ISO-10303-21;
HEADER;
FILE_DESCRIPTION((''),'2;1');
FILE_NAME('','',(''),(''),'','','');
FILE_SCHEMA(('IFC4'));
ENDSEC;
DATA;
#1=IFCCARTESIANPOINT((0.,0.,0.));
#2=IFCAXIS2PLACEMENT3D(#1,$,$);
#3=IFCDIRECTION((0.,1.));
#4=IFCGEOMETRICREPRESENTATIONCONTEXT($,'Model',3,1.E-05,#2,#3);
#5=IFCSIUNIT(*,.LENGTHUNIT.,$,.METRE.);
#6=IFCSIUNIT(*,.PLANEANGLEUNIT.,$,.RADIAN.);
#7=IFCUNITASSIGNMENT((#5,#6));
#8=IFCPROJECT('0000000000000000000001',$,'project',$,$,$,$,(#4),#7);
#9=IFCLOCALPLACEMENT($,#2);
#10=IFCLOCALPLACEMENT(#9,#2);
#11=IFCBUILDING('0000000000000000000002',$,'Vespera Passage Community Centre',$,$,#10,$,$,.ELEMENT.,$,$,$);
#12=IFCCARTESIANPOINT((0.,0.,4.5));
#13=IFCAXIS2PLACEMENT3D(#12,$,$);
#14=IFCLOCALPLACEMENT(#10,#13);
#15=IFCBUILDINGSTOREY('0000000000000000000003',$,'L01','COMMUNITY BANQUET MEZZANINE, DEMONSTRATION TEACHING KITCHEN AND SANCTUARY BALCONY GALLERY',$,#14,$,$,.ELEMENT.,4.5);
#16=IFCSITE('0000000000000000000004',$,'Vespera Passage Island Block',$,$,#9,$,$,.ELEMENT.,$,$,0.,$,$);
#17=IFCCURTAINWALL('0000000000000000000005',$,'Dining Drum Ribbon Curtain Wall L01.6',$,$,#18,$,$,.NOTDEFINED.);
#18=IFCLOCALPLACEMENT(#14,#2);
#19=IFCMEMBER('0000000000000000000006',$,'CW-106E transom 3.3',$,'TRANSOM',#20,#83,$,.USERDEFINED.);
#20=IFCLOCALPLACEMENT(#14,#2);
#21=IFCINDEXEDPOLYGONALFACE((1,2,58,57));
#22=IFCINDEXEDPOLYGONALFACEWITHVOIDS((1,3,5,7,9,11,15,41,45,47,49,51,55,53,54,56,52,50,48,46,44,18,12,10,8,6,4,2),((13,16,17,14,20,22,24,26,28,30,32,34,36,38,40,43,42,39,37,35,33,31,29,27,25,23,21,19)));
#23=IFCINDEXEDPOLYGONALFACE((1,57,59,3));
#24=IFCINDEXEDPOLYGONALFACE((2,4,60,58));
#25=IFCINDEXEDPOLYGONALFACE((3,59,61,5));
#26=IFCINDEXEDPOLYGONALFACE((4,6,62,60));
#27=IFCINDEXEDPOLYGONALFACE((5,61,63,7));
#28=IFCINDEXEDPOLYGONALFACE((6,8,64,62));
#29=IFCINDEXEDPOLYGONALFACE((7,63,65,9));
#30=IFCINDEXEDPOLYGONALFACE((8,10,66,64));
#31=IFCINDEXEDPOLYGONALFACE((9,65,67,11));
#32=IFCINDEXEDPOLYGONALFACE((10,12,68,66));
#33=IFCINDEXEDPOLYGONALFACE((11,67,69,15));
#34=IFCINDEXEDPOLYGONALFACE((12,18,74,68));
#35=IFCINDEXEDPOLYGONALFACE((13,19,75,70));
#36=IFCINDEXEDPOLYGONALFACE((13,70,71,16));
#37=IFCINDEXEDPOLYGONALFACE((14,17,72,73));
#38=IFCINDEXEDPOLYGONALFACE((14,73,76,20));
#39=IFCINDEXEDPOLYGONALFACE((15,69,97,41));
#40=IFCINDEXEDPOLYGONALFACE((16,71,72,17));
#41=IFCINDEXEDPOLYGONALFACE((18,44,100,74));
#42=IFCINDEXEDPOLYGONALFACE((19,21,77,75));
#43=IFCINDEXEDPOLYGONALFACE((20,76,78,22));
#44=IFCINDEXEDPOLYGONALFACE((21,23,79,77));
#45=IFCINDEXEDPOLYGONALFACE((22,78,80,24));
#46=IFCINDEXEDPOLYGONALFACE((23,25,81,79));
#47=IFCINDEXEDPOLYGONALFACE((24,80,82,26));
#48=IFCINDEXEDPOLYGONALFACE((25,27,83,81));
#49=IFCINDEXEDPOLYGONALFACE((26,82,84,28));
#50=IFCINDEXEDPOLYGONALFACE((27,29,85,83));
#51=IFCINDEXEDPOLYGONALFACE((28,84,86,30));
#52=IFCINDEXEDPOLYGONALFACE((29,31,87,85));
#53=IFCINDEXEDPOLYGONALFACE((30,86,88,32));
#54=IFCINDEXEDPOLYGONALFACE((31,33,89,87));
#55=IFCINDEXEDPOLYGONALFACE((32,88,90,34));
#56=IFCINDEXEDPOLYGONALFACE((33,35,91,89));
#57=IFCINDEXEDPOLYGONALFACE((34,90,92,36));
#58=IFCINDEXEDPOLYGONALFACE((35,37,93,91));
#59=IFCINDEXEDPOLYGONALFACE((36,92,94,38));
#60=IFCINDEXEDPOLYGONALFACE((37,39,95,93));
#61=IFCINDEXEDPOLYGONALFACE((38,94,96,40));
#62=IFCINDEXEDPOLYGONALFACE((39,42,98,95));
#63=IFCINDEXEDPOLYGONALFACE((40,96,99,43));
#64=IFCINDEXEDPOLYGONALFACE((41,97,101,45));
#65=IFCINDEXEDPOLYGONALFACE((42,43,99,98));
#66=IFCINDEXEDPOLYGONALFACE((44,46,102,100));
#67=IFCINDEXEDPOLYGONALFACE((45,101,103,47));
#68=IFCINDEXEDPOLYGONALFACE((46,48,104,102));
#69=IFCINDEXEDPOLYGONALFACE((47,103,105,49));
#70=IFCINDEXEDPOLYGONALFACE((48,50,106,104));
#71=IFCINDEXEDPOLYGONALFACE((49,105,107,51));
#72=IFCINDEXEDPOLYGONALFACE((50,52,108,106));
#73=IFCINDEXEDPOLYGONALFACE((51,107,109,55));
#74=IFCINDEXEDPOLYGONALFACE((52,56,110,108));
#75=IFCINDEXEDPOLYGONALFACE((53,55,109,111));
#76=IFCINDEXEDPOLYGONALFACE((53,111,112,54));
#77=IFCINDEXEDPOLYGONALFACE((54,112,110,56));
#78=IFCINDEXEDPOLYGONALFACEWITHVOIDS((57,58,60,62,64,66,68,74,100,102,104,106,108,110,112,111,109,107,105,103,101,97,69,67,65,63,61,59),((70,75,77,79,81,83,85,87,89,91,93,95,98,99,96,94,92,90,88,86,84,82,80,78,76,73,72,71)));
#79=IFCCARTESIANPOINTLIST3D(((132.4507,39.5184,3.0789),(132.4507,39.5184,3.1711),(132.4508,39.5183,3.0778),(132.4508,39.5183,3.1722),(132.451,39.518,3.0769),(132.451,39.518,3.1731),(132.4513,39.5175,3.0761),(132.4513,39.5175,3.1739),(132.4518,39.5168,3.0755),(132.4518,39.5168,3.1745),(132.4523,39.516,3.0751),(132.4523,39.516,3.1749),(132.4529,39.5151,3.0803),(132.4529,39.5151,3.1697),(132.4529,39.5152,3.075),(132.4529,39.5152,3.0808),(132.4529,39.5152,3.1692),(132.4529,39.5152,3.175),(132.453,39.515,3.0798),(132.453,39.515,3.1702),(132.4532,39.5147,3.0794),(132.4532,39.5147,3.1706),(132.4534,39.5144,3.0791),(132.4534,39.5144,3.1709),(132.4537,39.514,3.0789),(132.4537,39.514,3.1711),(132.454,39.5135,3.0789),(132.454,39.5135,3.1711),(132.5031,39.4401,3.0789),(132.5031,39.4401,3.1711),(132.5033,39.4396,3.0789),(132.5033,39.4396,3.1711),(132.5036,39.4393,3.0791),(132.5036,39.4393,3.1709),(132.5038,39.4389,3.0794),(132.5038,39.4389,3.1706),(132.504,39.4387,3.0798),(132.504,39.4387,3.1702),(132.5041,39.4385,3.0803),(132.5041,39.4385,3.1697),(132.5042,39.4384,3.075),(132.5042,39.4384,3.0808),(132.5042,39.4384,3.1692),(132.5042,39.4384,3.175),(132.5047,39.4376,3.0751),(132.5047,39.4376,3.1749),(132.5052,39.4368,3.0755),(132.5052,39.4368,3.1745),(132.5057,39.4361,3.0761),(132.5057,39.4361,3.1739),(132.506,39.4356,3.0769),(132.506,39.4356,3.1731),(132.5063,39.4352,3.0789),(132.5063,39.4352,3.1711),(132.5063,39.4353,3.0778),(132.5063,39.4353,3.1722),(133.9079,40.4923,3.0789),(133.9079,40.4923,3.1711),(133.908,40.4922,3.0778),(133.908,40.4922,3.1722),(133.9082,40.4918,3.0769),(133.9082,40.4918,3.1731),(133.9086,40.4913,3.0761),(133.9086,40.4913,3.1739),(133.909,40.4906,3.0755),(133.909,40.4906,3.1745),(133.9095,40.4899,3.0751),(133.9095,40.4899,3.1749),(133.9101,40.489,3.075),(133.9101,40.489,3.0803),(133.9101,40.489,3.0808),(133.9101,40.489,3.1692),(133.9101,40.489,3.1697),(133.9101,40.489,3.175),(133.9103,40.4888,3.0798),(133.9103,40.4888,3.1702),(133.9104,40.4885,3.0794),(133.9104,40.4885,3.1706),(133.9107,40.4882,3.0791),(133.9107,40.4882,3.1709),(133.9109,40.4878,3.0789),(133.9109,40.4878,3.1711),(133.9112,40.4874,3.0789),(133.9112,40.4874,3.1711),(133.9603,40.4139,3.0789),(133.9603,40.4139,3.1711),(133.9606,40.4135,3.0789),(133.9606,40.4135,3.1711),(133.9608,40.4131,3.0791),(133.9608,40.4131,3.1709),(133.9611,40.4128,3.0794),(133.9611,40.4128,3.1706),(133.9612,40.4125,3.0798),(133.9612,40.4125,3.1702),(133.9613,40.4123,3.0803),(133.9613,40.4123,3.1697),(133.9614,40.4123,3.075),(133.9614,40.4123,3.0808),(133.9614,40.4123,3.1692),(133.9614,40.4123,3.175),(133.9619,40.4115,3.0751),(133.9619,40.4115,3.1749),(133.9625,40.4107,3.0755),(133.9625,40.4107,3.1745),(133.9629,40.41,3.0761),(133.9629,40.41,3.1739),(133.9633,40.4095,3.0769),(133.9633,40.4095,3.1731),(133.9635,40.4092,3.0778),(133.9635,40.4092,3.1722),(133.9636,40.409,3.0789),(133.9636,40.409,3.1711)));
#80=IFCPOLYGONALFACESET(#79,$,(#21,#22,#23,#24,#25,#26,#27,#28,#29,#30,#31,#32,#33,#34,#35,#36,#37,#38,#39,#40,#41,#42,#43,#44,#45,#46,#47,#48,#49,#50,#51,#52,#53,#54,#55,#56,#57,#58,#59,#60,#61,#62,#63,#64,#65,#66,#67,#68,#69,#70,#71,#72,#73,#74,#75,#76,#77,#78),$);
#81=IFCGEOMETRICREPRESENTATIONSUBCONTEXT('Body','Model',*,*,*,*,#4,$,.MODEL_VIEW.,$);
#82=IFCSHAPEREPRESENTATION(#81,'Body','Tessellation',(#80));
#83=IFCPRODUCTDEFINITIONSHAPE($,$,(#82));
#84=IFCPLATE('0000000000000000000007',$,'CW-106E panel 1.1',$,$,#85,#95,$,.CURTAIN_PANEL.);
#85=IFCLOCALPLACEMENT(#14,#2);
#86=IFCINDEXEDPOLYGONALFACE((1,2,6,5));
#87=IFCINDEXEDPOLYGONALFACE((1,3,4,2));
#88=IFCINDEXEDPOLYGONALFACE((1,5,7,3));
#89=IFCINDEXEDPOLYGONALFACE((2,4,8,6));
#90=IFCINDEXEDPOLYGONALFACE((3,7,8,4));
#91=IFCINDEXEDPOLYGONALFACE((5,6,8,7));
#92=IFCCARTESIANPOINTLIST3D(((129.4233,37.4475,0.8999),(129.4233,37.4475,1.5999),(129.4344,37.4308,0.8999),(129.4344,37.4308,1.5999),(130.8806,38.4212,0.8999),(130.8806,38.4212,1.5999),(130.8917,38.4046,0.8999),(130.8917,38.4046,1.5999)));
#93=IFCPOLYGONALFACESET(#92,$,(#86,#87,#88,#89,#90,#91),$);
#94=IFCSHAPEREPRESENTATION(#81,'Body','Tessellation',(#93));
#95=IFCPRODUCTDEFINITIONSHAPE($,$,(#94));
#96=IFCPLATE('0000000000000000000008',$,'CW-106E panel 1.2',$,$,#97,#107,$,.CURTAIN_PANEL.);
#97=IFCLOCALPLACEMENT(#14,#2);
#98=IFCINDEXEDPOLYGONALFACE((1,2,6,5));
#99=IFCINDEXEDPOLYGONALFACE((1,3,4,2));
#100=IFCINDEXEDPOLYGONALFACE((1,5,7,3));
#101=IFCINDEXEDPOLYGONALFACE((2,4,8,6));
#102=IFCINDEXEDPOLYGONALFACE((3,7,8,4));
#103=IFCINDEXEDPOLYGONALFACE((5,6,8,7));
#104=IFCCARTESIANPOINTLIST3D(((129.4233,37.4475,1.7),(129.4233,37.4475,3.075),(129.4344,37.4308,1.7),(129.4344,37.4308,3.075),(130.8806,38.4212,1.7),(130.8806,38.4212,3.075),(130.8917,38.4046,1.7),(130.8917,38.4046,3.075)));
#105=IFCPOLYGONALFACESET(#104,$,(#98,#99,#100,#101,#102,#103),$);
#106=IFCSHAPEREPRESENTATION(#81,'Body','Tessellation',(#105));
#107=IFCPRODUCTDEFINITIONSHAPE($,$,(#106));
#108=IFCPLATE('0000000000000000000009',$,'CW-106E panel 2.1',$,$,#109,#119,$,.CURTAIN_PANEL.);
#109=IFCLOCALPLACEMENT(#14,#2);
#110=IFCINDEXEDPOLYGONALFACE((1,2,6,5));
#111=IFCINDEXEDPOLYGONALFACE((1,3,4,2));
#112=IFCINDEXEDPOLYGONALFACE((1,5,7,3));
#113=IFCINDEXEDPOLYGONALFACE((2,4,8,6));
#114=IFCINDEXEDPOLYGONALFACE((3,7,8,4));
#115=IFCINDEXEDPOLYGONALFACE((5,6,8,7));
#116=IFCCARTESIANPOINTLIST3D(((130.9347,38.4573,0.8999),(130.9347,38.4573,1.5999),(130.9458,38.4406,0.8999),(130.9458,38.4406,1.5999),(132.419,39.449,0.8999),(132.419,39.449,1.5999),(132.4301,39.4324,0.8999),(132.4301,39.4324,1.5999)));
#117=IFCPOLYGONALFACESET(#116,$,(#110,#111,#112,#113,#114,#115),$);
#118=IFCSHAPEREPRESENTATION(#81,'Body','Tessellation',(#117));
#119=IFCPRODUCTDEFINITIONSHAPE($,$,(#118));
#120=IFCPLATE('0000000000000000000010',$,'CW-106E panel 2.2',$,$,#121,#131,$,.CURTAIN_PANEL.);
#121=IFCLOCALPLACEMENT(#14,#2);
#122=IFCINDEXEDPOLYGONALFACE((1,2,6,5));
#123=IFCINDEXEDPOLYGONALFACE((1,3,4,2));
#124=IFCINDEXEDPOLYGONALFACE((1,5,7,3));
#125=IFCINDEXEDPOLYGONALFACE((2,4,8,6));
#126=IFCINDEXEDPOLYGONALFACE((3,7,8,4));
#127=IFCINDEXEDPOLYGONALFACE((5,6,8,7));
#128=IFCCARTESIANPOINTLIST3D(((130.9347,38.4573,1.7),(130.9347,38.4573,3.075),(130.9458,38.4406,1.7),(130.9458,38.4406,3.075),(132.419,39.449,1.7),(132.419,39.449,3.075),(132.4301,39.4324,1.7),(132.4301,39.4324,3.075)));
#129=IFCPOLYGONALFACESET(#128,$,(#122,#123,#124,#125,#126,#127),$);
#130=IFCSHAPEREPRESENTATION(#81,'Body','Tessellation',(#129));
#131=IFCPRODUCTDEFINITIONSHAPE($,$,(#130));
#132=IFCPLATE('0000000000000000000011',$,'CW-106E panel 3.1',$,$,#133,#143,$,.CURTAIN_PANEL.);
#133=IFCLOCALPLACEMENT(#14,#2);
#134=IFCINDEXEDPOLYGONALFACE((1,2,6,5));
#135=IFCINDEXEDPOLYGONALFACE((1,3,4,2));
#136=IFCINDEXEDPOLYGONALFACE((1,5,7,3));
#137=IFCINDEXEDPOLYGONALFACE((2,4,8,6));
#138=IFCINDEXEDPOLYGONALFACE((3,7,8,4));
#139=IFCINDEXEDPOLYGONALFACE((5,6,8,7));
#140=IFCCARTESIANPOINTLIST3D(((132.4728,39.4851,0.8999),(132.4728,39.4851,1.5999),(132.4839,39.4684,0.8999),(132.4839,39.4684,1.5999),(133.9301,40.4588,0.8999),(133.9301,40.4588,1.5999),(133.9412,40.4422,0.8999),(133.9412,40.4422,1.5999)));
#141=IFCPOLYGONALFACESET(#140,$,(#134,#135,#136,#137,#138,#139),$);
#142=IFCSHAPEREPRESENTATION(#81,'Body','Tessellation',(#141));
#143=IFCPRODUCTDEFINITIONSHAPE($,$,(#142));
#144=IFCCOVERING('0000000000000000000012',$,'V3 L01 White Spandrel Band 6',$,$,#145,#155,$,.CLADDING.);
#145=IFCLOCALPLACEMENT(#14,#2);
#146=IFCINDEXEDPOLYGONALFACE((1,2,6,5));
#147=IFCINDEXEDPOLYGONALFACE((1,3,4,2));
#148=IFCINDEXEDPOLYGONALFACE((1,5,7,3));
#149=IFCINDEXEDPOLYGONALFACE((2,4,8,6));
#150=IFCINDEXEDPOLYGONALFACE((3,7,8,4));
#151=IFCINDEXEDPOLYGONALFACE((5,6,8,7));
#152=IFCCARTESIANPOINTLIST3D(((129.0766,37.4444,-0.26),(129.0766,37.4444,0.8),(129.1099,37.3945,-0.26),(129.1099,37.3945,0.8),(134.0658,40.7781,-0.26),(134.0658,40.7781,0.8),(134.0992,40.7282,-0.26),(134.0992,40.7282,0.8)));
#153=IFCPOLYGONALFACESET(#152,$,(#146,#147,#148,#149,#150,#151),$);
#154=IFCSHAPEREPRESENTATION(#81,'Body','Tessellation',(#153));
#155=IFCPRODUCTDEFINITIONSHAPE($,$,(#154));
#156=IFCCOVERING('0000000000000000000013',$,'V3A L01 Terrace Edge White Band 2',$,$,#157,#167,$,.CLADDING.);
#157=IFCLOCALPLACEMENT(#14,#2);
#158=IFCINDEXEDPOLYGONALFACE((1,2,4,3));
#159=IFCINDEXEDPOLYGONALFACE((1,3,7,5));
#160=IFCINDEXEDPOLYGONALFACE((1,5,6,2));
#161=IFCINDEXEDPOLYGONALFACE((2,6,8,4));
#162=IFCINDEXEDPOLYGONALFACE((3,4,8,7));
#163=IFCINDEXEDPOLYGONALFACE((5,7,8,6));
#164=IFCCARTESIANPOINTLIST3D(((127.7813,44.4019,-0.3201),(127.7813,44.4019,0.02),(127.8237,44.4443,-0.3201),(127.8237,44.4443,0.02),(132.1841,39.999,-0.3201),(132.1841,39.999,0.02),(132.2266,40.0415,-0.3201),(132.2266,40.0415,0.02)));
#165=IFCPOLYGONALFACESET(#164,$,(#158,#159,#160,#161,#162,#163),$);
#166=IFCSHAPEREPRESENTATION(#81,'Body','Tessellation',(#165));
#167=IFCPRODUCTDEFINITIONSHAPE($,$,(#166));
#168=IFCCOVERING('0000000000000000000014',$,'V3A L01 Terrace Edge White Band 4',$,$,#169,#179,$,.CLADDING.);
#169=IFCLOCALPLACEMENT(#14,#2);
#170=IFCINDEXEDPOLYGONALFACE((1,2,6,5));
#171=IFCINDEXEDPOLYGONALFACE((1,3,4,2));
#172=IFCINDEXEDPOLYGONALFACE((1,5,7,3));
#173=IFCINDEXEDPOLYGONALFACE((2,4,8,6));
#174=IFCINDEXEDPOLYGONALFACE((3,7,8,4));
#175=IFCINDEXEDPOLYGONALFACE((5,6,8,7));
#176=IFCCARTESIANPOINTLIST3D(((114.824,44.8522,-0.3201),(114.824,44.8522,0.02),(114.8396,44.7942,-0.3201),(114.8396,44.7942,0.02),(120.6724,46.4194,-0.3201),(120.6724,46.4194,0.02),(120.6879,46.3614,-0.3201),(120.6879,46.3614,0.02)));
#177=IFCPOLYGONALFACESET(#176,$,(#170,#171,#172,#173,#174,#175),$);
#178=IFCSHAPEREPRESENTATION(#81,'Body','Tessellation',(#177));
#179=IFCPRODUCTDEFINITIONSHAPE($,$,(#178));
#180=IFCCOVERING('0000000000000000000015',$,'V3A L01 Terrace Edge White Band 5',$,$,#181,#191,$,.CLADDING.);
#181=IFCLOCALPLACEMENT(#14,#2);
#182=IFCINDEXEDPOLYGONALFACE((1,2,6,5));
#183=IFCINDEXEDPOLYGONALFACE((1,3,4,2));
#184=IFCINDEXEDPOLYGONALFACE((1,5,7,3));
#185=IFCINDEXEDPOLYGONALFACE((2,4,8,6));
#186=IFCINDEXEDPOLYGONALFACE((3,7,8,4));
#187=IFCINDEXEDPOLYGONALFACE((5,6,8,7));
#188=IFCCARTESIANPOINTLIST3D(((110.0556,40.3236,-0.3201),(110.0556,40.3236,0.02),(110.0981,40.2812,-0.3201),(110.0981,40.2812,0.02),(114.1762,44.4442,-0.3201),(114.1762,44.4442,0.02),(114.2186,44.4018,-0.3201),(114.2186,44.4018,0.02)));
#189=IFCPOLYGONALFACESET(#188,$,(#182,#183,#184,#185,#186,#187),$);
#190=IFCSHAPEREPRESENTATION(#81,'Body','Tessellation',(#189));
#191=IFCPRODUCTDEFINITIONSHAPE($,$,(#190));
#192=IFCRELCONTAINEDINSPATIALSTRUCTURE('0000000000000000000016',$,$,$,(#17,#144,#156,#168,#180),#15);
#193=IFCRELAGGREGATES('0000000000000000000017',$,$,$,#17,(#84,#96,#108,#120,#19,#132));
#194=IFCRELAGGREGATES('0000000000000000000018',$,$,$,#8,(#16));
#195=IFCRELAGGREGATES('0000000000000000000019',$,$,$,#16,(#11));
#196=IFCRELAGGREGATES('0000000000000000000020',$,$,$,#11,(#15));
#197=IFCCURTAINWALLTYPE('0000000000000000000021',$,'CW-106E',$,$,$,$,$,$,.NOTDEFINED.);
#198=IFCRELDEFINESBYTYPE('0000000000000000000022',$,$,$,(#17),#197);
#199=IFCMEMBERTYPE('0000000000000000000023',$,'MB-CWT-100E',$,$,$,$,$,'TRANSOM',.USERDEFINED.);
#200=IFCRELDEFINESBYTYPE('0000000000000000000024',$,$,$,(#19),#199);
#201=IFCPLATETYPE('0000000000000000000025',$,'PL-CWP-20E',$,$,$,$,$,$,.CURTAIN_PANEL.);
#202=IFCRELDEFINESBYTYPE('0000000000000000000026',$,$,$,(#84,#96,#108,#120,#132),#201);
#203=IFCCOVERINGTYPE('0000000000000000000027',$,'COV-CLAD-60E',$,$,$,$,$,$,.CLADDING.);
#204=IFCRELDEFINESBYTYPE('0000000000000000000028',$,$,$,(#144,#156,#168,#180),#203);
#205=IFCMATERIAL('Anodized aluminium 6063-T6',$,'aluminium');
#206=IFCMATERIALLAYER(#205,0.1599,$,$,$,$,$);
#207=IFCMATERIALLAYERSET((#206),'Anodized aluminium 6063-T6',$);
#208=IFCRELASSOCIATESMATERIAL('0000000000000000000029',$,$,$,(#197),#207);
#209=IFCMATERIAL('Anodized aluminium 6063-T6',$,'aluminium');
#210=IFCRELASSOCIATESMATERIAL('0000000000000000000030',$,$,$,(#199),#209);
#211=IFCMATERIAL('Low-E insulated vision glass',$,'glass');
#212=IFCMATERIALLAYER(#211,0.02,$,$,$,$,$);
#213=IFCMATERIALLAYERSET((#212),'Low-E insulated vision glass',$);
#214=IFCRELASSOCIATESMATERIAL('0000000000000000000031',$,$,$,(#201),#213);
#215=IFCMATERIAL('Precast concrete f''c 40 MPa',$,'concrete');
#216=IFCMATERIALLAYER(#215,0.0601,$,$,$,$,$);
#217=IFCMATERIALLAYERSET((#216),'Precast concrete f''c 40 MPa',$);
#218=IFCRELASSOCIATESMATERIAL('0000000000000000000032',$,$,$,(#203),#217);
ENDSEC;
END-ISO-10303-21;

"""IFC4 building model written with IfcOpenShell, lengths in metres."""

from ifc_helpers import new_model, si_unit, direction, frame, frame_2d, origin, origin_2d, place, context, subcontext, project, spatial, rectangle, hollow_rectangle, extrude, material, layer, layer_set, material_profile, profile_set, type_object, element, aggregate, save


model = new_model("IFC4")

# Units and contexts
model_context = context("Model", 3, precision=1e-05, world=origin(), true_north=direction((0.0, 1.0)))
body_context = subcontext(model_context, "Body", "Model", "MODEL_VIEW")
ifc_project = project(units=[si_unit("LENGTHUNIT", "METRE"), si_unit("PLANEANGLEUNIT", "RADIAN")], contexts=[model_context])

# Site, building, storey
site_placement = place(None, origin())
site = spatial("IfcSite", under=ifc_project, at=site_placement, Name="Vespera Passage Island Block", CompositionType="ELEMENT", RefElevation=0.0)
building_placement = place(site_placement, origin())
building = spatial("IfcBuilding", under=site, at=building_placement, Name="Vespera Passage Community Centre", CompositionType="ELEMENT")
storey_placement = place(building_placement, frame((0.0, 0.0, 4.5)))
storey = spatial("IfcBuildingStorey", under=building, at=storey_placement, Name="L01", Description="COMMUNITY BANQUET MEZZANINE, DEMONSTRATION TEACHING KITCHEN AND SANCTUARY BALCONY GALLERY", CompositionType="ELEMENT", Elevation=4.5)

# Curtain wall, member, plates
ifc_material_1 = material(Name="Anodized aluminium 6063-T6", Category="aluminium")
ifc_layer_1 = layer(ifc_material_1, 0.1599)
ifc_layer_set_1 = layer_set([ifc_layer_1], Name="Anodized aluminium 6063-T6")
curtain_wall_type = type_object("IfcCurtainWallType", Name="CW-106E", PredefinedType="NOTDEFINED", material=ifc_layer_set_1)
curtain_wall_placement = place(storey_placement, origin())
curtain_wall = element("IfcCurtainWall", 1, at=curtain_wall_placement, inside=storey, type_object=curtain_wall_type, Name="Dining Drum Ribbon Curtain Wall L01.6", PredefinedType="NOTDEFINED")
ifc_material_2 = material(Name="Anodized aluminium 6063-T6", Category="aluminium")
ifc_material_profile_1 = material_profile(ifc_material_2, hollow_rectangle(XDim=0.1001, YDim=0.1001, WallThickness=0.0039, InnerFilletRadius=0.002, OuterFilletRadius=0.0039, at=origin_2d()), Name="ALU100X100X4")
ifc_profile_set_1 = profile_set([ifc_material_profile_1], Name="Anodized aluminium 6063-T6")
member_type_1 = type_object("IfcMemberType", Name="MB-CWT-100E", ElementType="TRANSOM", PredefinedType="USERDEFINED", material=ifc_profile_set_1)
member_1_placement = place(storey_placement, frame((132.4785, 39.4768, 3.125), z_axis=(0.831428, 0.555632, 0.0), x_axis=(-0.555632, 0.831428, 0.0)))
member_1 = element("IfcMember", 2, at=member_1_placement, type_object=member_type_1, Name="CW-106E transom 3.3", ObjectType="TRANSOM", PredefinedType="USERDEFINED", context=body_context, shape_type="SweptSolid", body=[
    extrude(hollow_rectangle(XDim=0.1001, YDim=0.1001, WallThickness=0.0039, InnerFilletRadius=0.002, OuterFilletRadius=0.0039, at=origin_2d()), origin(), (0.0, 0.0, 1.0), 1.7527),
])
ifc_material_3 = material(Name="Low-E insulated vision glass", Category="glass")
ifc_layer_2 = layer(ifc_material_3, 0.02)
ifc_layer_set_2 = layer_set([ifc_layer_2], Name="Low-E insulated vision glass")
plate_type = type_object("IfcPlateType", Name="PL-CWP-20E", PredefinedType="CURTAIN_PANEL", material=ifc_layer_set_2)
plate_1_placement = place(storey_placement, frame((130.1575, 37.926, 0.8999), z_axis=(0.0, 0.0, 1.0), x_axis=(0.831473, 0.555565, 0.0)))
plate_1 = element("IfcPlate", 3, at=plate_1_placement, type_object=plate_type, Name="CW-106E panel 1.1", PredefinedType="CURTAIN_PANEL", context=body_context, shape_type="SweptSolid", body=[
    extrude(rectangle(XDim=1.7527, YDim=0.02, at=origin_2d()), origin(), (0.0, 0.0, 1.0), 0.7),
])
plate_2_placement = place(storey_placement, frame((130.1575, 37.926, 1.7), z_axis=(0.0, 0.0, 1.0), x_axis=(0.831473, 0.555565, 0.0)))
plate_2 = element("IfcPlate", 4, at=plate_2_placement, type_object=plate_type, Name="CW-106E panel 1.2", PredefinedType="CURTAIN_PANEL", context=body_context, shape_type="SweptSolid", body=[
    extrude(rectangle(XDim=1.7527, YDim=0.02, at=origin_2d()), origin(), (0.0, 0.0, 1.0), 1.375),
])
plate_3_placement = place(storey_placement, frame((131.6824, 38.9448, 0.8999), z_axis=(0.0, 0.0, 1.0), x_axis=(0.831473, 0.555565, 0.0)))
plate_3 = element("IfcPlate", 5, at=plate_3_placement, type_object=plate_type, Name="CW-106E panel 2.1", PredefinedType="CURTAIN_PANEL", context=body_context, shape_type="SweptSolid", body=[
    extrude(rectangle(XDim=1.7852, YDim=0.02, at=origin_2d()), origin(), (0.0, 0.0, 1.0), 0.7),
])
plate_4_placement = place(storey_placement, frame((131.6824, 38.9448, 1.7), z_axis=(0.0, 0.0, 1.0), x_axis=(0.831473, 0.555565, 0.0)))
plate_4 = element("IfcPlate", 6, at=plate_4_placement, type_object=plate_type, Name="CW-106E panel 2.2", PredefinedType="CURTAIN_PANEL", context=body_context, shape_type="SweptSolid", body=[
    extrude(rectangle(XDim=1.7852, YDim=0.02, at=origin_2d()), origin(), (0.0, 0.0, 1.0), 1.375),
])
plate_5_placement = place(storey_placement, frame((133.207, 39.9636, 0.8999), z_axis=(0.0, 0.0, 1.0), x_axis=(0.831473, 0.555565, 0.0)))
plate_5 = element("IfcPlate", 7, at=plate_5_placement, type_object=plate_type, Name="CW-106E panel 3.1", PredefinedType="CURTAIN_PANEL", context=body_context, shape_type="SweptSolid", body=[
    extrude(rectangle(XDim=1.7527, YDim=0.02, at=origin_2d()), origin(), (0.0, 0.0, 1.0), 0.7),
])
aggregate(curtain_wall, [plate_1, plate_2, plate_3, plate_4, member_1, plate_5])

# Coverings
ifc_material_4 = material(Name="Precast concrete f'c 40 MPa", Category="concrete")
ifc_layer_3 = layer(ifc_material_4, 0.0601)
ifc_layer_set_3 = layer_set([ifc_layer_3], Name="Precast concrete f'c 40 MPa")
covering_type = type_object("IfcCoveringType", Name="COV-CLAD-60E", PredefinedType="CLADDING", material=ifc_layer_set_3)
covering_1_placement = place(storey_placement, frame((129.0933, 37.4194, -0.26), z_axis=(0.0, 0.0, 1.0), x_axis=(0.831468, 0.555573, 0.0)))
element("IfcCovering", 8, at=covering_1_placement, inside=storey, type_object=covering_type, Name="V3 L01 White Spandrel Band 6", PredefinedType="CLADDING", context=body_context, shape_type="SweptSolid", body=[
    extrude(rectangle(XDim=6.0005, YDim=0.0601, at=frame_2d((3.0002, 0.0))), origin(), (0.0, 0.0, 1.0), 1.0601),
])
covering_2_placement = place(storey_placement, frame((127.8025, 44.4231, -0.3201), z_axis=(0.0, 0.0, 1.0), x_axis=(0.707107, -0.707107, 0.0)))
element("IfcCovering", 9, at=covering_2_placement, inside=storey, type_object=covering_type, Name="V3A L01 Terrace Edge White Band 2", PredefinedType="CLADDING", context=body_context, shape_type="SweptSolid", body=[
    extrude(rectangle(XDim=6.2266, YDim=0.0601, at=frame_2d((3.1133, 0.0))), origin(), (0.0, 0.0, 1.0), 0.3401),
])
covering_3_placement = place(storey_placement, frame((114.8318, 44.8232, -0.3201), z_axis=(0.0, 0.0, 1.0), x_axis=(0.965923, 0.258829, 0.0)))
element("IfcCovering", 10, at=covering_3_placement, inside=storey, type_object=covering_type, Name="V3A L01 Terrace Edge White Band 4", PredefinedType="CLADDING", context=body_context, shape_type="SweptSolid", body=[
    extrude(rectangle(XDim=6.0547, YDim=0.0601, at=frame_2d((3.0273, 0.0))), origin(), (0.0, 0.0, 1.0), 0.3401),
])
covering_4_placement = place(storey_placement, frame((110.0769, 40.3025, -0.3201), z_axis=(0.0, 0.0, 1.0), x_axis=(0.707107, 0.707107, 0.0)))
element("IfcCovering", 11, at=covering_4_placement, inside=storey, type_object=covering_type, Name="V3A L01 Terrace Edge White Band 5", PredefinedType="CLADDING", context=body_context, shape_type="SweptSolid", body=[
    extrude(rectangle(XDim=5.8274, YDim=0.0601, at=frame_2d((2.9136, 0.0))), origin(), (0.0, 0.0, 1.0), 0.3401),
])

save(model, "model.ifc")
